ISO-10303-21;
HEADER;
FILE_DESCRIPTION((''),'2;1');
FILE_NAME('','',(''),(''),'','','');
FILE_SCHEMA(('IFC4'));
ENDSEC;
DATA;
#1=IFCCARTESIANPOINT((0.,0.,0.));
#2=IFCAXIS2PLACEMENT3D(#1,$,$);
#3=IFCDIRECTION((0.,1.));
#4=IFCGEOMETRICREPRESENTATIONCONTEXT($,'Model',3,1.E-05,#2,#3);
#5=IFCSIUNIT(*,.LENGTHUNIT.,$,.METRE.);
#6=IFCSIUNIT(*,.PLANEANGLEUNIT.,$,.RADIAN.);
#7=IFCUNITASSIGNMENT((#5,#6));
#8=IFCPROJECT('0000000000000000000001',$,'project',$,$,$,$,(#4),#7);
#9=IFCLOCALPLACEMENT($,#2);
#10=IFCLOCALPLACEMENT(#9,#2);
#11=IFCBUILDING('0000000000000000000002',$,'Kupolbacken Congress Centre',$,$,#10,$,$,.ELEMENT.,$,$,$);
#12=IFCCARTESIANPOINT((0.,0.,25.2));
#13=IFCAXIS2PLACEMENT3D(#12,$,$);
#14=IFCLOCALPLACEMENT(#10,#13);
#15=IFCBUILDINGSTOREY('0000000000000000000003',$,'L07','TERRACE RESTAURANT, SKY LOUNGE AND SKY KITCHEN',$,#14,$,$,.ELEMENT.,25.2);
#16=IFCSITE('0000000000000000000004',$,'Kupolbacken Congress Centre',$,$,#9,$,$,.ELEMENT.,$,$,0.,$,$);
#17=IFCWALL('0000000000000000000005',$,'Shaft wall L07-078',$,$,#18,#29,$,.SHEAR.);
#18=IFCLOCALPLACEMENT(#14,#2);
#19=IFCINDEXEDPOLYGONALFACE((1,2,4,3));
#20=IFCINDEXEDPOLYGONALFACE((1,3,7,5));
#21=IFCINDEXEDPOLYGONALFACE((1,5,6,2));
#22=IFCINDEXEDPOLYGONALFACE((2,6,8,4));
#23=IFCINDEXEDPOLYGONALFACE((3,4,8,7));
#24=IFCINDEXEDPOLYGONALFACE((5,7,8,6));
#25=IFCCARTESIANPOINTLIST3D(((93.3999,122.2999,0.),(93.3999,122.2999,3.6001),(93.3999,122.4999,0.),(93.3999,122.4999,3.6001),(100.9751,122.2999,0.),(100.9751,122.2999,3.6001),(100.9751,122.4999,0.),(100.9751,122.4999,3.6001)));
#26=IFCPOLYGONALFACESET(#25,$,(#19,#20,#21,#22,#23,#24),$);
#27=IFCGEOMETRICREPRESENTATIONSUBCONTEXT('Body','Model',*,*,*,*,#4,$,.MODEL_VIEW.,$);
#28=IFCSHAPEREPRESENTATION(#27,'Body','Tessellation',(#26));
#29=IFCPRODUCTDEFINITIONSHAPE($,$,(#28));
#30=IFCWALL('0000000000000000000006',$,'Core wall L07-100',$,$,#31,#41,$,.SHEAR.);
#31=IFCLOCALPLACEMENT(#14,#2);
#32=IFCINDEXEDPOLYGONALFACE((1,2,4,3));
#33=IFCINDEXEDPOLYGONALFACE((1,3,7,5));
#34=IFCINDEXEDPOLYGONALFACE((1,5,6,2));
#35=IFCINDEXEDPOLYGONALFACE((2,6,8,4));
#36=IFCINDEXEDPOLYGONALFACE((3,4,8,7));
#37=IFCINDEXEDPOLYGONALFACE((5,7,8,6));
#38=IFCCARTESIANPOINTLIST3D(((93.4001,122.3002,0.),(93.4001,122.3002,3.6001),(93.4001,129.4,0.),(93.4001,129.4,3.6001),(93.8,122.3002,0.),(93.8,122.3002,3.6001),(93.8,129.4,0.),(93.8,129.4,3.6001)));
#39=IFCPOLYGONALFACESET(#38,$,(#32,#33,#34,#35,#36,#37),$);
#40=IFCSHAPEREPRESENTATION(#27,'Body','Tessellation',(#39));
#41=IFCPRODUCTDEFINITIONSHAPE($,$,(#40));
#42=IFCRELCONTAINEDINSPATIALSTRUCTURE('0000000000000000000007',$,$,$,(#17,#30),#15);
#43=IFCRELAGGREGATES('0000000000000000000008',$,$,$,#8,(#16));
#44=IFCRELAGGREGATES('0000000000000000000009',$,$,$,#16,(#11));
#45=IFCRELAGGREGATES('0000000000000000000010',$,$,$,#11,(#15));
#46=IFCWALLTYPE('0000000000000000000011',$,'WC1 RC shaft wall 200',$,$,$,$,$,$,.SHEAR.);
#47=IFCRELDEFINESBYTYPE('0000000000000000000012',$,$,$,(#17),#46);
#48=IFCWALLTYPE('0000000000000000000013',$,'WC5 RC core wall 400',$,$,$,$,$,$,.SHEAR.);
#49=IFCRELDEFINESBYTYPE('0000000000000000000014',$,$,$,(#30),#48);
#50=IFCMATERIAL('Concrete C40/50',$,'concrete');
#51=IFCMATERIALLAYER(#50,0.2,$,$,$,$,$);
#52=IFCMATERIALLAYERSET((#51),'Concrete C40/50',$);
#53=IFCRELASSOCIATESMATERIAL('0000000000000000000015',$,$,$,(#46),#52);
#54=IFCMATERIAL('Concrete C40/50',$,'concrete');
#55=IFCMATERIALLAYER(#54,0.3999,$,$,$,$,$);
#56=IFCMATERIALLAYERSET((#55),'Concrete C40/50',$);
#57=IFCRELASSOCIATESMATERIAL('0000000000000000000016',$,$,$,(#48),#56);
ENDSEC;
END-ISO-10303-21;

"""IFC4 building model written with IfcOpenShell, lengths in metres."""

from ifc_helpers import new_model, si_unit, direction, frame, frame_2d, origin, place, context, subcontext, project, spatial, rectangle, extrude, material, layer, layer_set, type_object, element, save


model = new_model("IFC4")

# Units and contexts
model_context = context("Model", 3, precision=1e-05, world=origin(), true_north=direction((0.0, 1.0)))
body_context = subcontext(model_context, "Body", "Model", "MODEL_VIEW")
ifc_project = project(units=[si_unit("LENGTHUNIT", "METRE"), si_unit("PLANEANGLEUNIT", "RADIAN")], contexts=[model_context])

# Site, building, storey
site_placement = place(None, origin())
site = spatial("IfcSite", under=ifc_project, at=site_placement, Name="Kupolbacken Congress Centre", CompositionType="ELEMENT", RefElevation=0.0)
building_placement = place(site_placement, origin())
building = spatial("IfcBuilding", under=site, at=building_placement, Name="Kupolbacken Congress Centre", CompositionType="ELEMENT")
storey_placement = place(building_placement, frame((0.0, 0.0, 25.2)))
storey = spatial("IfcBuildingStorey", under=building, at=storey_placement, Name="L07", Description="TERRACE RESTAURANT, SKY LOUNGE AND SKY KITCHEN", CompositionType="ELEMENT", Elevation=25.2)

# Walls
ifc_material_1 = material(Name="Concrete C40/50", Category="concrete")
ifc_layer_1 = layer(ifc_material_1, 0.2)
ifc_layer_set_1 = layer_set([ifc_layer_1], Name="Concrete C40/50")
wall_type_1 = type_object("IfcWallType", Name="WC1 RC shaft wall 200", PredefinedType="SHEAR", material=ifc_layer_set_1)
wall_1_placement = place(storey_placement, frame((93.3999, 122.3999, 0.0), z_axis=(0.0, 0.0, 1.0), x_axis=(1.0, 0.0, 0.0)))
element("IfcWall", 1, at=wall_1_placement, inside=storey, type_object=wall_type_1, Name="Shaft wall L07-078", PredefinedType="SHEAR", context=body_context, shape_type="SweptSolid", body=[
    extrude(rectangle(XDim=7.5752, YDim=0.2, at=frame_2d((3.7876, 0.0))), origin(), (0.0, 0.0, 1.0), 3.6001),
])
ifc_material_2 = material(Name="Concrete C40/50", Category="concrete")
ifc_layer_2 = layer(ifc_material_2, 0.3999)
ifc_layer_set_2 = layer_set([ifc_layer_2], Name="Concrete C40/50")
wall_type_2 = type_object("IfcWallType", Name="WC5 RC core wall 400", PredefinedType="SHEAR", material=ifc_layer_set_2)
wall_2_placement = place(storey_placement, frame((93.6001, 129.3999, 0.0), z_axis=(0.0, 0.0, 1.0), x_axis=(0.0, -1.0, 0.0)))
element("IfcWall", 2, at=wall_2_placement, inside=storey, type_object=wall_type_2, Name="Core wall L07-100", PredefinedType="SHEAR", context=body_context, shape_type="SweptSolid", body=[
    extrude(rectangle(XDim=7.0999, YDim=0.3999, at=frame_2d((3.5498, 0.0))), origin(), (0.0, 0.0, 1.0), 3.6001),
])

save(model, "model.ifc")
